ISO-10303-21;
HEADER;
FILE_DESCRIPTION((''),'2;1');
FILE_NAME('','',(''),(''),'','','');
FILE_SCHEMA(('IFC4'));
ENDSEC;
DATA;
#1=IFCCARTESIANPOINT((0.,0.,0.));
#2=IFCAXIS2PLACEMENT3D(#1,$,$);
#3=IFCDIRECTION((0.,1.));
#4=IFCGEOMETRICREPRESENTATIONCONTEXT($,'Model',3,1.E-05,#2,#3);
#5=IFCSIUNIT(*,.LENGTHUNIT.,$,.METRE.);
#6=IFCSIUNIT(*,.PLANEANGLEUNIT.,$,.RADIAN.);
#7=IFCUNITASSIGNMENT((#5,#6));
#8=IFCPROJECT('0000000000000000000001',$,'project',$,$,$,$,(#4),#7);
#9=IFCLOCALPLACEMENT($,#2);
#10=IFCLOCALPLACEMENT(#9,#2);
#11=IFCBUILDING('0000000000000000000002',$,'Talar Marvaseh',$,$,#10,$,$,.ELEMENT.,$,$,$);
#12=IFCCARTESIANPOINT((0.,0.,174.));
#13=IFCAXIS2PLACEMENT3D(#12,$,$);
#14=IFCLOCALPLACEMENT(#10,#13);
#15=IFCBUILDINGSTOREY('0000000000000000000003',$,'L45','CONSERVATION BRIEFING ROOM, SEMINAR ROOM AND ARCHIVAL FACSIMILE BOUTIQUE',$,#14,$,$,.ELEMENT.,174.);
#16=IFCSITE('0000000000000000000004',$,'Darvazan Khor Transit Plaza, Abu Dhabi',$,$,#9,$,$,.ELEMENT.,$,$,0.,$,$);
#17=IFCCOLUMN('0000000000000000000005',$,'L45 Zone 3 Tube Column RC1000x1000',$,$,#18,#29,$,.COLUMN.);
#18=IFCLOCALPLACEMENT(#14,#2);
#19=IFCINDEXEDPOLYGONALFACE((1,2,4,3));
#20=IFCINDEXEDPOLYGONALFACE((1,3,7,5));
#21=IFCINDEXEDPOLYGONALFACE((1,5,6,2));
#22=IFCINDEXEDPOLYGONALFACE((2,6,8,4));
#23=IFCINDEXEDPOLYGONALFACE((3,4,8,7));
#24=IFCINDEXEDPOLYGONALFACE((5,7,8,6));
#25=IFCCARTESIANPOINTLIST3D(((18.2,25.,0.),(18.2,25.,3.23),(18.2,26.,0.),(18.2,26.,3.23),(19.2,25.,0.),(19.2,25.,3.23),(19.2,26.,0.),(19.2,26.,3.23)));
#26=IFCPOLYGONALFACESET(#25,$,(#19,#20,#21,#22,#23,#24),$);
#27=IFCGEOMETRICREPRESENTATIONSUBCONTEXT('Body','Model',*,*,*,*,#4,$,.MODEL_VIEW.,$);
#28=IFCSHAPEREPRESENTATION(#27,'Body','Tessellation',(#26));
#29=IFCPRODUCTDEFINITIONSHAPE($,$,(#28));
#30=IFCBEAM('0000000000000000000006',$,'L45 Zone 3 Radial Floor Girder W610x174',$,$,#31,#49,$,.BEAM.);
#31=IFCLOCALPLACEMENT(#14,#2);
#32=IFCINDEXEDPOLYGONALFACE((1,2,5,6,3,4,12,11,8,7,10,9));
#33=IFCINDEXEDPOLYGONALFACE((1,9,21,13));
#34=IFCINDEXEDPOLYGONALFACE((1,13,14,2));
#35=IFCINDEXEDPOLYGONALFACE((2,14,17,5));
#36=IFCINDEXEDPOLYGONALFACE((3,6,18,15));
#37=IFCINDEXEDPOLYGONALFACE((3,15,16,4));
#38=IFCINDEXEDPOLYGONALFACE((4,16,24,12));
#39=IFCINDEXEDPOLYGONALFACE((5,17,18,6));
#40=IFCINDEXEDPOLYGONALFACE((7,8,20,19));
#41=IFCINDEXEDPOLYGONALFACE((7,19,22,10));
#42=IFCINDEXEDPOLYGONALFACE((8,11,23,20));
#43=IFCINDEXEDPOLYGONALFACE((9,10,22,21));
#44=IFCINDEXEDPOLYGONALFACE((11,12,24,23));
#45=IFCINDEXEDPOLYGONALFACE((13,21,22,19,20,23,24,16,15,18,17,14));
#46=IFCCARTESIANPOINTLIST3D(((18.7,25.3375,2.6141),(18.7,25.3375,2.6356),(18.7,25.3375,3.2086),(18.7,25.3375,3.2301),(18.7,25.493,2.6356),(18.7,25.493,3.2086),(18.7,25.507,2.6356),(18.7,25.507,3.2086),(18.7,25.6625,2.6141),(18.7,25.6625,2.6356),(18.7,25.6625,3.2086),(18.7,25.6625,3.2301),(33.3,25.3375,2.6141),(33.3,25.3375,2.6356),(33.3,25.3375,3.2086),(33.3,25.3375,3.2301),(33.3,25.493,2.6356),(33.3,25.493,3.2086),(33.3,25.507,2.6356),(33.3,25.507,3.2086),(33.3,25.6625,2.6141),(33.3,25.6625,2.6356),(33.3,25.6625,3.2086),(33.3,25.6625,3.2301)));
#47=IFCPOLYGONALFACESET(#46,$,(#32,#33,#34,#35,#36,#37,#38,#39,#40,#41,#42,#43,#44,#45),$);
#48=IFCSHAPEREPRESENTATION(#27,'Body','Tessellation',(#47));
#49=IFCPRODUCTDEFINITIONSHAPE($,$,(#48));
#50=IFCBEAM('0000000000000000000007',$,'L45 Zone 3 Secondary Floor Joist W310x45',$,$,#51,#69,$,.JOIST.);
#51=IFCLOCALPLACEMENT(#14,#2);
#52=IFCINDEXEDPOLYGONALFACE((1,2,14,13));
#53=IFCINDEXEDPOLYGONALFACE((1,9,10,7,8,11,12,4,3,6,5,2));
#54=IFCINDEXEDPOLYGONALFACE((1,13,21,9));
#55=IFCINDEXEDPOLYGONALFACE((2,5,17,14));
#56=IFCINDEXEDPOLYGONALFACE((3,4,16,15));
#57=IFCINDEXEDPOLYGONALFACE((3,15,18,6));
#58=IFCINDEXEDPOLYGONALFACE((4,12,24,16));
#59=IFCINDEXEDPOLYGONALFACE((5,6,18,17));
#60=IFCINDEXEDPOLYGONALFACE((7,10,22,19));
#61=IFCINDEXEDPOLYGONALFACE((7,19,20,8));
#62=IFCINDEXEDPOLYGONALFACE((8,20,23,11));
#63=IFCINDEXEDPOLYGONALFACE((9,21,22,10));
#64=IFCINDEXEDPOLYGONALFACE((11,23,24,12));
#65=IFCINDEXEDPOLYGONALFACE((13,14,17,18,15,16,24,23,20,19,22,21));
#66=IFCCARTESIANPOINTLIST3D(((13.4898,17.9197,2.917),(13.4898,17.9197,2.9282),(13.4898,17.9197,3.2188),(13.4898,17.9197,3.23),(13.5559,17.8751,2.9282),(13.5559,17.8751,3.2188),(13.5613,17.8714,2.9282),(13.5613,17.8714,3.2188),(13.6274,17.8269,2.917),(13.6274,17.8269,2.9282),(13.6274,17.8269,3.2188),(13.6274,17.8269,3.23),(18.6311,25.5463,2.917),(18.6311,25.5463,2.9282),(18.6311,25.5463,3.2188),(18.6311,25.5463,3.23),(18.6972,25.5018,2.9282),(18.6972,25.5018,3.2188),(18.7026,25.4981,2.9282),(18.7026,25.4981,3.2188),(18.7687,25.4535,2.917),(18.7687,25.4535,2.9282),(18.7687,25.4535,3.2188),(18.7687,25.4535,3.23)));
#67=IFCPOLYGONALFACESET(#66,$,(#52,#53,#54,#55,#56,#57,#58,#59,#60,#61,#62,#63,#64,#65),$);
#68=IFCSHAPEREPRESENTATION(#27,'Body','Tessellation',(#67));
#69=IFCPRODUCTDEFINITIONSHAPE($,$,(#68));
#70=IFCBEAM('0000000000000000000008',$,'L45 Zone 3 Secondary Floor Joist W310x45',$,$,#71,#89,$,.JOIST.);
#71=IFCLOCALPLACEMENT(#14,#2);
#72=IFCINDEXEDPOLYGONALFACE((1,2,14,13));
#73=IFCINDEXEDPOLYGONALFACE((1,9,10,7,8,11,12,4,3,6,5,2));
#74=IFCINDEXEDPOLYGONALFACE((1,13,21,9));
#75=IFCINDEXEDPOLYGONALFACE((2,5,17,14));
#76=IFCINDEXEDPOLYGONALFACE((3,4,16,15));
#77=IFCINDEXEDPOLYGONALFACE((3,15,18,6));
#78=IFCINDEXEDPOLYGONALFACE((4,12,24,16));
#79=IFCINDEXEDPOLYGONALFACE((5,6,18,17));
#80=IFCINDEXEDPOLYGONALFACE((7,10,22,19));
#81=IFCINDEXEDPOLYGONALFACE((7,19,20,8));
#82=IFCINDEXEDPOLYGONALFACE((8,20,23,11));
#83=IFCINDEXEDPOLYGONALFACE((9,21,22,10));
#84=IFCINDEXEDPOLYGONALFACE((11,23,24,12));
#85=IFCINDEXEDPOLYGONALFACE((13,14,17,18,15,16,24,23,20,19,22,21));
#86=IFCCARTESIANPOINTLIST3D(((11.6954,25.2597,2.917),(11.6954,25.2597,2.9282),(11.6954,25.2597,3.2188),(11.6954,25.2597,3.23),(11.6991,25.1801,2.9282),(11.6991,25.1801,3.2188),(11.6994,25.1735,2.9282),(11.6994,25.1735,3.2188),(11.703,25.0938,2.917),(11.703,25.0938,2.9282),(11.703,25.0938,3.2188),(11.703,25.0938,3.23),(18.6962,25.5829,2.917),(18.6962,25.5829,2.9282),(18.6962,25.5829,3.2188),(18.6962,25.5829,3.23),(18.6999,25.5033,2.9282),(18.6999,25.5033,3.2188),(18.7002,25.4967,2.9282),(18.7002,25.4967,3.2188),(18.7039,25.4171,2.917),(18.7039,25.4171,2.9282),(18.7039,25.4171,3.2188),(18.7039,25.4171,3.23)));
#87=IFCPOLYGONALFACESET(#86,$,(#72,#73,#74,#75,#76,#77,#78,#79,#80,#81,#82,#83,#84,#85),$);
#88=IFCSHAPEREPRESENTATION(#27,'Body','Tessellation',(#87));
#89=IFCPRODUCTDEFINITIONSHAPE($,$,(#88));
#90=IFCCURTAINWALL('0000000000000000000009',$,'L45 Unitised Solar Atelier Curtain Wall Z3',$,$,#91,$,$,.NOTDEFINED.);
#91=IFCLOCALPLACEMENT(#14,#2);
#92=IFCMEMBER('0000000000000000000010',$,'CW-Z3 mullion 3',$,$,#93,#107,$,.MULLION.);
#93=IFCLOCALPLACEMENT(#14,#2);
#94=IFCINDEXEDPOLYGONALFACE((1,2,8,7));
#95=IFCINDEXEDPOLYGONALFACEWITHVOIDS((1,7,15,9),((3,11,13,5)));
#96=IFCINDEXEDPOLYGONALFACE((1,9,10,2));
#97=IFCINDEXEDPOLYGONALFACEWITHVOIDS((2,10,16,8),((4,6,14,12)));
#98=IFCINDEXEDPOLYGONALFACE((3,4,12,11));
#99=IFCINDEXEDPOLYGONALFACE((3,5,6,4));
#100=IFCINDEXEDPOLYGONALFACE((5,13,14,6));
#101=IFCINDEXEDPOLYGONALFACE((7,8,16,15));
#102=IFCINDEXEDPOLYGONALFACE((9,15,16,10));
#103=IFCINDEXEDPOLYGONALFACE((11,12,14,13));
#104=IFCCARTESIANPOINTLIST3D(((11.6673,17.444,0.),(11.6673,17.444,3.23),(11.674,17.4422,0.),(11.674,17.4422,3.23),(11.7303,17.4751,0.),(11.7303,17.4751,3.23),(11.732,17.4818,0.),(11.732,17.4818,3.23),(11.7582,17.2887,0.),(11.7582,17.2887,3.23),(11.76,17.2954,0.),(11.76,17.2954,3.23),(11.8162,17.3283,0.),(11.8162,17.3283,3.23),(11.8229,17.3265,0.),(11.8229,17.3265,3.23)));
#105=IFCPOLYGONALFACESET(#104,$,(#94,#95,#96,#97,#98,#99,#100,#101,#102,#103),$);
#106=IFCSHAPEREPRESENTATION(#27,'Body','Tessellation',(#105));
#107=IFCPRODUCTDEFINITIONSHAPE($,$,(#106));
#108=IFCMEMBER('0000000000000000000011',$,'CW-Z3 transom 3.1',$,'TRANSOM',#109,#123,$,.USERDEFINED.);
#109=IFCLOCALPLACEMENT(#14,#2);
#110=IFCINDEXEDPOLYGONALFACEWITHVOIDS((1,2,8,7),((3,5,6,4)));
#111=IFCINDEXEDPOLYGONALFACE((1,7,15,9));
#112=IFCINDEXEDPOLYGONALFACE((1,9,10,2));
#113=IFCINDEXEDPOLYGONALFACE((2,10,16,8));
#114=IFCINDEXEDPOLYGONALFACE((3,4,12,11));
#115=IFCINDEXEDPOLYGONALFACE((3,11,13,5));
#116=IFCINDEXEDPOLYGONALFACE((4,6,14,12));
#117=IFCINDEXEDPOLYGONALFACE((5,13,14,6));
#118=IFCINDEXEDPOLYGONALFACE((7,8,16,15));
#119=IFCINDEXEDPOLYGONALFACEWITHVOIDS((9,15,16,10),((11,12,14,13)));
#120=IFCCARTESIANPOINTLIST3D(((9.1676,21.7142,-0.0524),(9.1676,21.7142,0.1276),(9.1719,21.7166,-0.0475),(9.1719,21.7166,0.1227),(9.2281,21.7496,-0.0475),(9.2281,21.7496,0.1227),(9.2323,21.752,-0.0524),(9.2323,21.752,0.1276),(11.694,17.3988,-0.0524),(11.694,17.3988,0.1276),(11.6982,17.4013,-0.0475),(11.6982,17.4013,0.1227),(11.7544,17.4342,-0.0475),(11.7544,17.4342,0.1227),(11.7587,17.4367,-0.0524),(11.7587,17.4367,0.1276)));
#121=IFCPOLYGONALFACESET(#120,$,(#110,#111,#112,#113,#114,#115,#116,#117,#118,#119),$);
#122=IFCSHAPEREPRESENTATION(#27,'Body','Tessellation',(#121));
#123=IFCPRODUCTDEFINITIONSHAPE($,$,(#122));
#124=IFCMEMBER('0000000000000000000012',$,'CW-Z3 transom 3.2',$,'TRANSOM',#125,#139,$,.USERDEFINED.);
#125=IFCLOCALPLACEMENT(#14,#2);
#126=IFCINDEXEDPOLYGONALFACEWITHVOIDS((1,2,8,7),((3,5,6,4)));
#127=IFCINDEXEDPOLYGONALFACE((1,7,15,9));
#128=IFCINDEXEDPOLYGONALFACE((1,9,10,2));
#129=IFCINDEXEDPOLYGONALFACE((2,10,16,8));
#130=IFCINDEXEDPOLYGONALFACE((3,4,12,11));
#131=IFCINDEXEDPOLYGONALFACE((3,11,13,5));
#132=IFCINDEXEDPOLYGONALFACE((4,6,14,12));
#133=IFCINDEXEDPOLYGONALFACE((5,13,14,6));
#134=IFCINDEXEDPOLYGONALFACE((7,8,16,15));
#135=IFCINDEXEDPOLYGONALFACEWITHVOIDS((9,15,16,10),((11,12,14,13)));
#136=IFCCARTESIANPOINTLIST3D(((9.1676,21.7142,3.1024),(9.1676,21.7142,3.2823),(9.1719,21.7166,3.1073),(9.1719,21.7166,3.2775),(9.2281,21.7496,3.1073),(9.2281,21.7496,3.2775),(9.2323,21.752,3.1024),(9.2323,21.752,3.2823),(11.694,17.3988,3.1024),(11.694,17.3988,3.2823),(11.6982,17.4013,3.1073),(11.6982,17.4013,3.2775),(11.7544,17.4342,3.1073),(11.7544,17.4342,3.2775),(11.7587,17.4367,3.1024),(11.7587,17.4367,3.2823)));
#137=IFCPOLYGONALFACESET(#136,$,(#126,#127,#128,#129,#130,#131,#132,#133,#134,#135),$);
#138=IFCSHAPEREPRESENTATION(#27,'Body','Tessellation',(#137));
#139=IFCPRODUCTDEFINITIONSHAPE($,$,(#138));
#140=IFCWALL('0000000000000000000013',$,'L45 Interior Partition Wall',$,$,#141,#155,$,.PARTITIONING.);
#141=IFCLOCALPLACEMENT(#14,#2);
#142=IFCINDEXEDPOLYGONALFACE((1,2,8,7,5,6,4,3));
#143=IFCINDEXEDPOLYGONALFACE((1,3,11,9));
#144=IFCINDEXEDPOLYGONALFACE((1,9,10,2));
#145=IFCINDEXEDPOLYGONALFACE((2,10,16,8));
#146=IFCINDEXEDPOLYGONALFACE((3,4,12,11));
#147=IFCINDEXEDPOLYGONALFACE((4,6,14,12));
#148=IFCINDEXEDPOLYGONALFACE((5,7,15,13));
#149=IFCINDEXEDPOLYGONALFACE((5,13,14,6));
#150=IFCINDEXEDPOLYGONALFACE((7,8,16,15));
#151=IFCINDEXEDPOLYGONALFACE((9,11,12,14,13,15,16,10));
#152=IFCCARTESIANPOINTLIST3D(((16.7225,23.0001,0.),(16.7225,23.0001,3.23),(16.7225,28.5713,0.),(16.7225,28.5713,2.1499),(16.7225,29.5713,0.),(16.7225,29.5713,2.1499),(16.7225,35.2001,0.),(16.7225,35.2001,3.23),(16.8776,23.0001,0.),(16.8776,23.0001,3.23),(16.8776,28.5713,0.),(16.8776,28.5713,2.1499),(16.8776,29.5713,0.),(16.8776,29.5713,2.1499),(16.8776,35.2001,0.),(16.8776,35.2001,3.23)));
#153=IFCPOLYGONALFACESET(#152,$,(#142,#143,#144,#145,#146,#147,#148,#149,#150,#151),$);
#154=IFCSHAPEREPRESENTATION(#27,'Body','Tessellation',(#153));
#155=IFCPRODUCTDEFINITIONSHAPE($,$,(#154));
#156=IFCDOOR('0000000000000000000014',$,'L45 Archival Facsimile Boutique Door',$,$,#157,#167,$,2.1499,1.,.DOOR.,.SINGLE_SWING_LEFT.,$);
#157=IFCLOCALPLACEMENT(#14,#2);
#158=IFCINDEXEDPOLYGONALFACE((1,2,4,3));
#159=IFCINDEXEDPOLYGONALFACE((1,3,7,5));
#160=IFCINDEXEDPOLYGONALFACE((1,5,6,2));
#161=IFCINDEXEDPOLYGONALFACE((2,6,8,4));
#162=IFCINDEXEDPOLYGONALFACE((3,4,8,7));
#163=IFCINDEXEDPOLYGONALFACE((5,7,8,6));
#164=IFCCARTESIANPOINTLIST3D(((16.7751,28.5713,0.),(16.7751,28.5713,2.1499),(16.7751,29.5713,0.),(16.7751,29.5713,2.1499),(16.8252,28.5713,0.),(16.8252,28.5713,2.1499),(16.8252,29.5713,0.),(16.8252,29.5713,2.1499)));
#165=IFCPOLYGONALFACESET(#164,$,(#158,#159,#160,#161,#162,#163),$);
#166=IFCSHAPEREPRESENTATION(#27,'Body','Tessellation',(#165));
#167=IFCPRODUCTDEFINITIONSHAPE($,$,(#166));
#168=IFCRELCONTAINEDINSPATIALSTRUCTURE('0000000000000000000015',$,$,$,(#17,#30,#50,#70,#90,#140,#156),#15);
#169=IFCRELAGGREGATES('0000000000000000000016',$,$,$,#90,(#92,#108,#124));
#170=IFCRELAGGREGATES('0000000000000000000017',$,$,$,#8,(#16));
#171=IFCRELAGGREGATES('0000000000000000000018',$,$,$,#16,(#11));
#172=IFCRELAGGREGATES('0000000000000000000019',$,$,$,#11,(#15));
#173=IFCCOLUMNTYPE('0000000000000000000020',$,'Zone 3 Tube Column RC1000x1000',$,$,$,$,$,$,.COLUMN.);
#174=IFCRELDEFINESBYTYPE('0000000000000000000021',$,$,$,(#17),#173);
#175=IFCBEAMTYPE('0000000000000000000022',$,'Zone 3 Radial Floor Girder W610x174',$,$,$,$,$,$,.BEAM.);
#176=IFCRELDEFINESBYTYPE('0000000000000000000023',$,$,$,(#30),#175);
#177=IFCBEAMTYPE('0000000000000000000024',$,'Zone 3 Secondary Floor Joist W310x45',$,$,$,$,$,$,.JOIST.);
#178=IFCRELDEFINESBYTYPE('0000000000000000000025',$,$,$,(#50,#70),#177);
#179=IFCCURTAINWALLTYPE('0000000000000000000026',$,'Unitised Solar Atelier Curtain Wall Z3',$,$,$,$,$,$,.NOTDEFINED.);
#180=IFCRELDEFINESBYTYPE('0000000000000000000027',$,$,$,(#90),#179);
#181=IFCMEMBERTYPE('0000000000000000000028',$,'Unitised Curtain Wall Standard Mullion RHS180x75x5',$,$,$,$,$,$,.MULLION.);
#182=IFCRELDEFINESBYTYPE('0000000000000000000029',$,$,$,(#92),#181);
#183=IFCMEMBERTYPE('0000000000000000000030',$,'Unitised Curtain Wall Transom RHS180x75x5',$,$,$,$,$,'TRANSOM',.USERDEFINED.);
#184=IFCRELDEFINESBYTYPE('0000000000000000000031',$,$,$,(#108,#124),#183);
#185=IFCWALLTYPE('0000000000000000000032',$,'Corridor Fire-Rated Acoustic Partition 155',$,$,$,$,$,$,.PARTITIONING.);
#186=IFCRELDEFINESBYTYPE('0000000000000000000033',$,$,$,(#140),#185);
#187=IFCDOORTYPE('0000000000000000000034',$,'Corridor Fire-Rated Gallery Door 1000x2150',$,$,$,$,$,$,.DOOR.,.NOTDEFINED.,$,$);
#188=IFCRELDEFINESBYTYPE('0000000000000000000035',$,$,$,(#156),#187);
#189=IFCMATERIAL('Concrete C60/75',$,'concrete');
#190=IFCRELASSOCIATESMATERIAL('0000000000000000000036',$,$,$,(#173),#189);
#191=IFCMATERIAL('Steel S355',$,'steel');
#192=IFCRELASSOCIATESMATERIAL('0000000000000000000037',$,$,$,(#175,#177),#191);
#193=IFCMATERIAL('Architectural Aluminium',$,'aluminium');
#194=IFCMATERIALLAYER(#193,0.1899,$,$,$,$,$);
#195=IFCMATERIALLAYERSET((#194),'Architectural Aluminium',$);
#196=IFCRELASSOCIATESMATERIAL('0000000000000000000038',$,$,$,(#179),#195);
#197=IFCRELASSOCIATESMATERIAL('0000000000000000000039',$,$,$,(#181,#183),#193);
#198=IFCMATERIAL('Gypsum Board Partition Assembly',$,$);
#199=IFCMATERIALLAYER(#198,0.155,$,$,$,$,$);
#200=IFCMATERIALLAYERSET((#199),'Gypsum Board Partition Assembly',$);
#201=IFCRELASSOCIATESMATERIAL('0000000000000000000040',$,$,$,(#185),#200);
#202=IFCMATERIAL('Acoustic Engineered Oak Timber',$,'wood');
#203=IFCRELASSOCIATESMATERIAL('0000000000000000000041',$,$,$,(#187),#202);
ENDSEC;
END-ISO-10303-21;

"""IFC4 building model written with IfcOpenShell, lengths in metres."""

from ifc_helpers import new_model, si_unit, direction, frame, frame_2d, origin, origin_2d, place, context, subcontext, project, spatial, rectangle, hollow_rectangle, i_section, extrude, source, transform, mapped, material, layer, layer_set, material_profile, profile_set, type_object, type_shapes, element, fill, aggregate, save


model = new_model("IFC4")

# Units and contexts
model_context = context("Model", 3, precision=1e-05, world=origin(), true_north=direction((0.0, 1.0)))
body_context = subcontext(model_context, "Body", "Model", "MODEL_VIEW")
ifc_project = project(units=[si_unit("LENGTHUNIT", "METRE"), si_unit("PLANEANGLEUNIT", "RADIAN")], contexts=[model_context])

# Site, building, storey
site_placement = place(None, origin())
site = spatial("IfcSite", under=ifc_project, at=site_placement, Name="Darvazan Khor Transit Plaza, Abu Dhabi", CompositionType="ELEMENT", RefElevation=0.0)
building_placement = place(site_placement, origin())
building = spatial("IfcBuilding", under=site, at=building_placement, Name="Talar Marvaseh", CompositionType="ELEMENT")
storey_placement = place(building_placement, frame((0.0, 0.0, 174.0)))
storey = spatial("IfcBuildingStorey", under=building, at=storey_placement, Name="L45", Description="CONSERVATION BRIEFING ROOM, SEMINAR ROOM AND ARCHIVAL FACSIMILE BOUTIQUE", CompositionType="ELEMENT", Elevation=174.0)

# Column
ifc_material_1 = material(Name="Concrete C60/75", Category="concrete")
ifc_material_profile_1 = material_profile(ifc_material_1, rectangle(XDim=1.0, YDim=1.0, at=origin_2d()), Name="RC1000x1000")
ifc_profile_set_1 = profile_set([ifc_material_profile_1], Name="Concrete C60/75")
column_type = type_object("IfcColumnType", Name="Zone 3 Tube Column RC1000x1000", PredefinedType="COLUMN", material=ifc_profile_set_1)
column_placement = place(storey_placement, frame((18.7, 25.5, 0.0), z_axis=(0.0, 0.0, 1.0), x_axis=(1.0, 0.0, 0.0)))
element("IfcColumn", 1, at=column_placement, inside=storey, type_object=column_type, Name="L45 Zone 3 Tube Column RC1000x1000", PredefinedType="COLUMN", context=body_context, shape_type="SweptSolid", body=[
    extrude(rectangle(XDim=1.0, YDim=1.0, at=origin_2d()), origin(), (0.0, 0.0, 1.0), 3.23),
])

# Beams
ifc_material_2 = material(Name="Steel S355", Category="steel")
ifc_material_profile_2 = material_profile(ifc_material_2, i_section(OverallWidth=0.325, OverallDepth=0.616, WebThickness=0.0139, FlangeThickness=0.0215, at=origin_2d()), Name="W610x174")
ifc_profile_set_2 = profile_set([ifc_material_profile_2], Name="Steel S355")
beam_type_1 = type_object("IfcBeamType", Name="Zone 3 Radial Floor Girder W610x174", PredefinedType="BEAM", material=ifc_profile_set_2)
beam_1_placement = place(storey_placement, frame((18.7, 25.5, 2.9221), z_axis=(1.0, 0.0, 0.0), x_axis=(0.0, 1.0, 0.0)))
element("IfcBeam", 2, at=beam_1_placement, inside=storey, type_object=beam_type_1, Name="L45 Zone 3 Radial Floor Girder W610x174", PredefinedType="BEAM", context=body_context, shape_type="SweptSolid", body=[
    extrude(i_section(OverallWidth=0.325, OverallDepth=0.616, WebThickness=0.0139, FlangeThickness=0.0215, at=origin_2d()), origin(), (0.0, 0.0, 1.0), 14.6001),
])
ifc_material_profile_3 = material_profile(ifc_material_2, i_section(OverallWidth=0.166, OverallDepth=0.313, WebThickness=0.0066, FlangeThickness=0.0112, at=origin_2d()), Name="W310x45")
ifc_profile_set_3 = profile_set([ifc_material_profile_3], Name="Steel S355")
beam_type_2 = type_object("IfcBeamType", Name="Zone 3 Secondary Floor Joist W310x45", PredefinedType="JOIST", material=ifc_profile_set_3)
beam_2_placement = place(storey_placement, frame((13.5586, 17.8733, 3.0735), z_axis=(0.558974, 0.829185, 0.0), x_axis=(-0.829185, 0.558974, 0.0)))
element("IfcBeam", 3, at=beam_2_placement, inside=storey, type_object=beam_type_2, Name="L45 Zone 3 Secondary Floor Joist W310x45", PredefinedType="JOIST", context=body_context, shape_type="SweptSolid", body=[
    extrude(i_section(OverallWidth=0.166, OverallDepth=0.313, WebThickness=0.0066, FlangeThickness=0.0112, at=origin_2d()), origin(), (0.0, 0.0, 1.0), 9.1978),
])
beam_3_placement = place(storey_placement, frame((11.6992, 25.1768, 3.0735), z_axis=(0.998936, 0.046123, 0.0), x_axis=(-0.046123, 0.998936, 0.0)))
element("IfcBeam", 4, at=beam_3_placement, inside=storey, type_object=beam_type_2, Name="L45 Zone 3 Secondary Floor Joist W310x45", PredefinedType="JOIST", context=body_context, shape_type="SweptSolid", body=[
    extrude(i_section(OverallWidth=0.166, OverallDepth=0.313, WebThickness=0.0066, FlangeThickness=0.0112, at=origin_2d()), origin(), (0.0, 0.0, 1.0), 7.0083),
])

# Curtain wall, members
ifc_material_3 = material(Name="Architectural Aluminium", Category="aluminium")
ifc_layer_1 = layer(ifc_material_3, 0.1899)
ifc_layer_set_1 = layer_set([ifc_layer_1], Name="Architectural Aluminium")
curtain_wall_type = type_object("IfcCurtainWallType", Name="Unitised Solar Atelier Curtain Wall Z3", PredefinedType="NOTDEFINED", material=ifc_layer_set_1)
curtain_wall_placement = place(storey_placement, origin())
curtain_wall = element("IfcCurtainWall", 5, at=curtain_wall_placement, inside=storey, type_object=curtain_wall_type, Name="L45 Unitised Solar Atelier Curtain Wall Z3", PredefinedType="NOTDEFINED")
ifc_material_profile_4 = material_profile(ifc_material_3, hollow_rectangle(XDim=0.075, YDim=0.1799, WallThickness=0.0049, at=origin_2d()), Name="RHS180x75x5")
ifc_profile_set_4 = profile_set([ifc_material_profile_4], Name="Architectural Aluminium")
member_type_1 = type_object("IfcMemberType", Name="Unitised Curtain Wall Standard Mullion RHS180x75x5", PredefinedType="MULLION", material=ifc_profile_set_4)
shared_shape_1 = source(origin(), body_context, "Body", "SweptSolid", [
    extrude(hollow_rectangle(XDim=0.075, YDim=0.1799, WallThickness=0.0049, at=origin_2d()), origin(), (0.0, 0.0, 1.0), 3.23),
])
type_shapes(member_type_1, [shared_shape_1])
member_1_placement = place(storey_placement, frame((11.7451, 17.3853, 0.0), z_axis=(0.0, 0.0, 1.0), x_axis=(-0.862987, -0.505227, 0.0)))
member_1 = element("IfcMember", 6, at=member_1_placement, type_object=member_type_1, Name="CW-Z3 mullion 3", PredefinedType="MULLION", context=body_context, shape_type="MappedRepresentation", body=[
    mapped(shared_shape_1, transform((0.0, 0.0, 0.0), x_axis=(1.0, 0.0, 0.0), y_axis=(0.0, 1.0, 0.0), z_axis=(0.0, 0.0, 1.0), scale=1.0)),
])
ifc_material_profile_5 = material_profile(ifc_material_3, hollow_rectangle(XDim=0.075, YDim=0.1799, WallThickness=0.0049, at=origin_2d()), Name="RHS180x75x5")
ifc_profile_set_5 = profile_set([ifc_material_profile_5], Name="Architectural Aluminium")
member_type_2 = type_object("IfcMemberType", Name="Unitised Curtain Wall Transom RHS180x75x5", ElementType="TRANSOM", PredefinedType="USERDEFINED", material=ifc_profile_set_5)
shared_shape_2 = source(origin(), body_context, "Body", "SweptSolid", [
    extrude(hollow_rectangle(XDim=0.075, YDim=0.1799, WallThickness=0.0049, at=origin_2d()), origin(), (0.0, 0.0, 1.0), 5.0005),
])
type_shapes(member_type_2, [shared_shape_2])
member_2_placement = place(storey_placement, frame((11.7263, 17.4177, 0.0376), z_axis=(-0.505218, 0.862992, 0.0), x_axis=(-0.862992, -0.505218, 0.0)))
member_2 = element("IfcMember", 7, at=member_2_placement, type_object=member_type_2, Name="CW-Z3 transom 3.1", ObjectType="TRANSOM", PredefinedType="USERDEFINED", context=body_context, shape_type="MappedRepresentation", body=[
    mapped(shared_shape_2, transform((0.0, 0.0, 0.0), x_axis=(1.0, 0.0, 0.0), y_axis=(0.0, 1.0, 0.0), z_axis=(0.0, 0.0, 1.0), scale=1.0)),
])
member_3_placement = place(storey_placement, frame((11.7263, 17.4177, 3.1924), z_axis=(-0.505218, 0.862992, 0.0), x_axis=(-0.862992, -0.505218, 0.0)))
member_3 = element("IfcMember", 8, at=member_3_placement, type_object=member_type_2, Name="CW-Z3 transom 3.2", ObjectType="TRANSOM", PredefinedType="USERDEFINED", context=body_context, shape_type="MappedRepresentation", body=[
    mapped(shared_shape_2, transform((0.0, 0.0, 0.0), x_axis=(1.0, 0.0, 0.0), y_axis=(0.0, 1.0, 0.0), z_axis=(0.0, 0.0, 1.0), scale=1.0)),
])
aggregate(curtain_wall, [member_1, member_2, member_3])

# Wall, opening, door
ifc_material_4 = material(Name="Gypsum Board Partition Assembly")
ifc_layer_2 = layer(ifc_material_4, 0.155)
ifc_layer_set_2 = layer_set([ifc_layer_2], Name="Gypsum Board Partition Assembly")
wall_type_1 = type_object("IfcWallType", Name="Corridor Fire-Rated Acoustic Partition 155", PredefinedType="PARTITIONING", material=ifc_layer_set_2)
wall_1_placement = place(storey_placement, frame((16.8, 23.0, 0.0), z_axis=(0.0, 0.0, 1.0), x_axis=(0.0, 1.0, 0.0)))
wall_1 = element("IfcWall", 9, at=wall_1_placement, inside=storey, type_object=wall_type_1, Name="L45 Interior Partition Wall", PredefinedType="PARTITIONING", context=body_context, shape_type="SweptSolid", body=[
    extrude(rectangle(XDim=12.2, YDim=0.155, at=frame_2d((6.1001, 0.0))), origin(), (0.0, 0.0, 1.0), 3.23),
])
opening_placement = place(wall_1_placement, frame((5.5713, 0.0, 0.0)))
opening = element("IfcOpeningElement", 10, at=opening_placement, cuts=wall_1, PredefinedType="OPENING", context=body_context, shape_type="SweptSolid", body=[
    extrude(rectangle(XDim=1.0, YDim=2.1499, at=frame_2d((0.5, 1.075))), frame((0.0, 0.0874, 0.0), z_axis=(0.0, -1.0, 0.0), x_axis=(1.0, 0.0, 0.0)), (0.0, 0.0, 1.0), 0.175),
])
ifc_material_5 = material(Name="Acoustic Engineered Oak Timber", Category="wood")
door_type = type_object("IfcDoorType", Name="Corridor Fire-Rated Gallery Door 1000x2150", OperationType="NOTDEFINED", PredefinedType="DOOR", material=ifc_material_5)
shared_shape_3 = source(origin(), body_context, "Body", "SweptSolid", [
    extrude(rectangle(XDim=1.0, YDim=2.1499, at=frame_2d((0.5, 1.075))), frame((0.0, 0.0249, 0.0), z_axis=(0.0, -1.0, 0.0), x_axis=(1.0, 0.0, 0.0)), (0.0, 0.0, 1.0), 0.05),
])
type_shapes(door_type, [shared_shape_3])
door_placement = place(opening_placement, origin())
door = element("IfcDoor", 11, at=door_placement, inside=storey, type_object=door_type, Name="L45 Archival Facsimile Boutique Door", OperationType="SINGLE_SWING_LEFT", OverallHeight=2.1499, OverallWidth=1.0, PredefinedType="DOOR", context=body_context, shape_type="MappedRepresentation", body=[
    mapped(shared_shape_3, transform((0.0, 0.0, 0.0), x_axis=(1.0, 0.0, 0.0), y_axis=(0.0, 1.0, 0.0), z_axis=(0.0, 0.0, 1.0), scale=1.0)),
])
fill(opening, door)

save(model, "model.ifc")
